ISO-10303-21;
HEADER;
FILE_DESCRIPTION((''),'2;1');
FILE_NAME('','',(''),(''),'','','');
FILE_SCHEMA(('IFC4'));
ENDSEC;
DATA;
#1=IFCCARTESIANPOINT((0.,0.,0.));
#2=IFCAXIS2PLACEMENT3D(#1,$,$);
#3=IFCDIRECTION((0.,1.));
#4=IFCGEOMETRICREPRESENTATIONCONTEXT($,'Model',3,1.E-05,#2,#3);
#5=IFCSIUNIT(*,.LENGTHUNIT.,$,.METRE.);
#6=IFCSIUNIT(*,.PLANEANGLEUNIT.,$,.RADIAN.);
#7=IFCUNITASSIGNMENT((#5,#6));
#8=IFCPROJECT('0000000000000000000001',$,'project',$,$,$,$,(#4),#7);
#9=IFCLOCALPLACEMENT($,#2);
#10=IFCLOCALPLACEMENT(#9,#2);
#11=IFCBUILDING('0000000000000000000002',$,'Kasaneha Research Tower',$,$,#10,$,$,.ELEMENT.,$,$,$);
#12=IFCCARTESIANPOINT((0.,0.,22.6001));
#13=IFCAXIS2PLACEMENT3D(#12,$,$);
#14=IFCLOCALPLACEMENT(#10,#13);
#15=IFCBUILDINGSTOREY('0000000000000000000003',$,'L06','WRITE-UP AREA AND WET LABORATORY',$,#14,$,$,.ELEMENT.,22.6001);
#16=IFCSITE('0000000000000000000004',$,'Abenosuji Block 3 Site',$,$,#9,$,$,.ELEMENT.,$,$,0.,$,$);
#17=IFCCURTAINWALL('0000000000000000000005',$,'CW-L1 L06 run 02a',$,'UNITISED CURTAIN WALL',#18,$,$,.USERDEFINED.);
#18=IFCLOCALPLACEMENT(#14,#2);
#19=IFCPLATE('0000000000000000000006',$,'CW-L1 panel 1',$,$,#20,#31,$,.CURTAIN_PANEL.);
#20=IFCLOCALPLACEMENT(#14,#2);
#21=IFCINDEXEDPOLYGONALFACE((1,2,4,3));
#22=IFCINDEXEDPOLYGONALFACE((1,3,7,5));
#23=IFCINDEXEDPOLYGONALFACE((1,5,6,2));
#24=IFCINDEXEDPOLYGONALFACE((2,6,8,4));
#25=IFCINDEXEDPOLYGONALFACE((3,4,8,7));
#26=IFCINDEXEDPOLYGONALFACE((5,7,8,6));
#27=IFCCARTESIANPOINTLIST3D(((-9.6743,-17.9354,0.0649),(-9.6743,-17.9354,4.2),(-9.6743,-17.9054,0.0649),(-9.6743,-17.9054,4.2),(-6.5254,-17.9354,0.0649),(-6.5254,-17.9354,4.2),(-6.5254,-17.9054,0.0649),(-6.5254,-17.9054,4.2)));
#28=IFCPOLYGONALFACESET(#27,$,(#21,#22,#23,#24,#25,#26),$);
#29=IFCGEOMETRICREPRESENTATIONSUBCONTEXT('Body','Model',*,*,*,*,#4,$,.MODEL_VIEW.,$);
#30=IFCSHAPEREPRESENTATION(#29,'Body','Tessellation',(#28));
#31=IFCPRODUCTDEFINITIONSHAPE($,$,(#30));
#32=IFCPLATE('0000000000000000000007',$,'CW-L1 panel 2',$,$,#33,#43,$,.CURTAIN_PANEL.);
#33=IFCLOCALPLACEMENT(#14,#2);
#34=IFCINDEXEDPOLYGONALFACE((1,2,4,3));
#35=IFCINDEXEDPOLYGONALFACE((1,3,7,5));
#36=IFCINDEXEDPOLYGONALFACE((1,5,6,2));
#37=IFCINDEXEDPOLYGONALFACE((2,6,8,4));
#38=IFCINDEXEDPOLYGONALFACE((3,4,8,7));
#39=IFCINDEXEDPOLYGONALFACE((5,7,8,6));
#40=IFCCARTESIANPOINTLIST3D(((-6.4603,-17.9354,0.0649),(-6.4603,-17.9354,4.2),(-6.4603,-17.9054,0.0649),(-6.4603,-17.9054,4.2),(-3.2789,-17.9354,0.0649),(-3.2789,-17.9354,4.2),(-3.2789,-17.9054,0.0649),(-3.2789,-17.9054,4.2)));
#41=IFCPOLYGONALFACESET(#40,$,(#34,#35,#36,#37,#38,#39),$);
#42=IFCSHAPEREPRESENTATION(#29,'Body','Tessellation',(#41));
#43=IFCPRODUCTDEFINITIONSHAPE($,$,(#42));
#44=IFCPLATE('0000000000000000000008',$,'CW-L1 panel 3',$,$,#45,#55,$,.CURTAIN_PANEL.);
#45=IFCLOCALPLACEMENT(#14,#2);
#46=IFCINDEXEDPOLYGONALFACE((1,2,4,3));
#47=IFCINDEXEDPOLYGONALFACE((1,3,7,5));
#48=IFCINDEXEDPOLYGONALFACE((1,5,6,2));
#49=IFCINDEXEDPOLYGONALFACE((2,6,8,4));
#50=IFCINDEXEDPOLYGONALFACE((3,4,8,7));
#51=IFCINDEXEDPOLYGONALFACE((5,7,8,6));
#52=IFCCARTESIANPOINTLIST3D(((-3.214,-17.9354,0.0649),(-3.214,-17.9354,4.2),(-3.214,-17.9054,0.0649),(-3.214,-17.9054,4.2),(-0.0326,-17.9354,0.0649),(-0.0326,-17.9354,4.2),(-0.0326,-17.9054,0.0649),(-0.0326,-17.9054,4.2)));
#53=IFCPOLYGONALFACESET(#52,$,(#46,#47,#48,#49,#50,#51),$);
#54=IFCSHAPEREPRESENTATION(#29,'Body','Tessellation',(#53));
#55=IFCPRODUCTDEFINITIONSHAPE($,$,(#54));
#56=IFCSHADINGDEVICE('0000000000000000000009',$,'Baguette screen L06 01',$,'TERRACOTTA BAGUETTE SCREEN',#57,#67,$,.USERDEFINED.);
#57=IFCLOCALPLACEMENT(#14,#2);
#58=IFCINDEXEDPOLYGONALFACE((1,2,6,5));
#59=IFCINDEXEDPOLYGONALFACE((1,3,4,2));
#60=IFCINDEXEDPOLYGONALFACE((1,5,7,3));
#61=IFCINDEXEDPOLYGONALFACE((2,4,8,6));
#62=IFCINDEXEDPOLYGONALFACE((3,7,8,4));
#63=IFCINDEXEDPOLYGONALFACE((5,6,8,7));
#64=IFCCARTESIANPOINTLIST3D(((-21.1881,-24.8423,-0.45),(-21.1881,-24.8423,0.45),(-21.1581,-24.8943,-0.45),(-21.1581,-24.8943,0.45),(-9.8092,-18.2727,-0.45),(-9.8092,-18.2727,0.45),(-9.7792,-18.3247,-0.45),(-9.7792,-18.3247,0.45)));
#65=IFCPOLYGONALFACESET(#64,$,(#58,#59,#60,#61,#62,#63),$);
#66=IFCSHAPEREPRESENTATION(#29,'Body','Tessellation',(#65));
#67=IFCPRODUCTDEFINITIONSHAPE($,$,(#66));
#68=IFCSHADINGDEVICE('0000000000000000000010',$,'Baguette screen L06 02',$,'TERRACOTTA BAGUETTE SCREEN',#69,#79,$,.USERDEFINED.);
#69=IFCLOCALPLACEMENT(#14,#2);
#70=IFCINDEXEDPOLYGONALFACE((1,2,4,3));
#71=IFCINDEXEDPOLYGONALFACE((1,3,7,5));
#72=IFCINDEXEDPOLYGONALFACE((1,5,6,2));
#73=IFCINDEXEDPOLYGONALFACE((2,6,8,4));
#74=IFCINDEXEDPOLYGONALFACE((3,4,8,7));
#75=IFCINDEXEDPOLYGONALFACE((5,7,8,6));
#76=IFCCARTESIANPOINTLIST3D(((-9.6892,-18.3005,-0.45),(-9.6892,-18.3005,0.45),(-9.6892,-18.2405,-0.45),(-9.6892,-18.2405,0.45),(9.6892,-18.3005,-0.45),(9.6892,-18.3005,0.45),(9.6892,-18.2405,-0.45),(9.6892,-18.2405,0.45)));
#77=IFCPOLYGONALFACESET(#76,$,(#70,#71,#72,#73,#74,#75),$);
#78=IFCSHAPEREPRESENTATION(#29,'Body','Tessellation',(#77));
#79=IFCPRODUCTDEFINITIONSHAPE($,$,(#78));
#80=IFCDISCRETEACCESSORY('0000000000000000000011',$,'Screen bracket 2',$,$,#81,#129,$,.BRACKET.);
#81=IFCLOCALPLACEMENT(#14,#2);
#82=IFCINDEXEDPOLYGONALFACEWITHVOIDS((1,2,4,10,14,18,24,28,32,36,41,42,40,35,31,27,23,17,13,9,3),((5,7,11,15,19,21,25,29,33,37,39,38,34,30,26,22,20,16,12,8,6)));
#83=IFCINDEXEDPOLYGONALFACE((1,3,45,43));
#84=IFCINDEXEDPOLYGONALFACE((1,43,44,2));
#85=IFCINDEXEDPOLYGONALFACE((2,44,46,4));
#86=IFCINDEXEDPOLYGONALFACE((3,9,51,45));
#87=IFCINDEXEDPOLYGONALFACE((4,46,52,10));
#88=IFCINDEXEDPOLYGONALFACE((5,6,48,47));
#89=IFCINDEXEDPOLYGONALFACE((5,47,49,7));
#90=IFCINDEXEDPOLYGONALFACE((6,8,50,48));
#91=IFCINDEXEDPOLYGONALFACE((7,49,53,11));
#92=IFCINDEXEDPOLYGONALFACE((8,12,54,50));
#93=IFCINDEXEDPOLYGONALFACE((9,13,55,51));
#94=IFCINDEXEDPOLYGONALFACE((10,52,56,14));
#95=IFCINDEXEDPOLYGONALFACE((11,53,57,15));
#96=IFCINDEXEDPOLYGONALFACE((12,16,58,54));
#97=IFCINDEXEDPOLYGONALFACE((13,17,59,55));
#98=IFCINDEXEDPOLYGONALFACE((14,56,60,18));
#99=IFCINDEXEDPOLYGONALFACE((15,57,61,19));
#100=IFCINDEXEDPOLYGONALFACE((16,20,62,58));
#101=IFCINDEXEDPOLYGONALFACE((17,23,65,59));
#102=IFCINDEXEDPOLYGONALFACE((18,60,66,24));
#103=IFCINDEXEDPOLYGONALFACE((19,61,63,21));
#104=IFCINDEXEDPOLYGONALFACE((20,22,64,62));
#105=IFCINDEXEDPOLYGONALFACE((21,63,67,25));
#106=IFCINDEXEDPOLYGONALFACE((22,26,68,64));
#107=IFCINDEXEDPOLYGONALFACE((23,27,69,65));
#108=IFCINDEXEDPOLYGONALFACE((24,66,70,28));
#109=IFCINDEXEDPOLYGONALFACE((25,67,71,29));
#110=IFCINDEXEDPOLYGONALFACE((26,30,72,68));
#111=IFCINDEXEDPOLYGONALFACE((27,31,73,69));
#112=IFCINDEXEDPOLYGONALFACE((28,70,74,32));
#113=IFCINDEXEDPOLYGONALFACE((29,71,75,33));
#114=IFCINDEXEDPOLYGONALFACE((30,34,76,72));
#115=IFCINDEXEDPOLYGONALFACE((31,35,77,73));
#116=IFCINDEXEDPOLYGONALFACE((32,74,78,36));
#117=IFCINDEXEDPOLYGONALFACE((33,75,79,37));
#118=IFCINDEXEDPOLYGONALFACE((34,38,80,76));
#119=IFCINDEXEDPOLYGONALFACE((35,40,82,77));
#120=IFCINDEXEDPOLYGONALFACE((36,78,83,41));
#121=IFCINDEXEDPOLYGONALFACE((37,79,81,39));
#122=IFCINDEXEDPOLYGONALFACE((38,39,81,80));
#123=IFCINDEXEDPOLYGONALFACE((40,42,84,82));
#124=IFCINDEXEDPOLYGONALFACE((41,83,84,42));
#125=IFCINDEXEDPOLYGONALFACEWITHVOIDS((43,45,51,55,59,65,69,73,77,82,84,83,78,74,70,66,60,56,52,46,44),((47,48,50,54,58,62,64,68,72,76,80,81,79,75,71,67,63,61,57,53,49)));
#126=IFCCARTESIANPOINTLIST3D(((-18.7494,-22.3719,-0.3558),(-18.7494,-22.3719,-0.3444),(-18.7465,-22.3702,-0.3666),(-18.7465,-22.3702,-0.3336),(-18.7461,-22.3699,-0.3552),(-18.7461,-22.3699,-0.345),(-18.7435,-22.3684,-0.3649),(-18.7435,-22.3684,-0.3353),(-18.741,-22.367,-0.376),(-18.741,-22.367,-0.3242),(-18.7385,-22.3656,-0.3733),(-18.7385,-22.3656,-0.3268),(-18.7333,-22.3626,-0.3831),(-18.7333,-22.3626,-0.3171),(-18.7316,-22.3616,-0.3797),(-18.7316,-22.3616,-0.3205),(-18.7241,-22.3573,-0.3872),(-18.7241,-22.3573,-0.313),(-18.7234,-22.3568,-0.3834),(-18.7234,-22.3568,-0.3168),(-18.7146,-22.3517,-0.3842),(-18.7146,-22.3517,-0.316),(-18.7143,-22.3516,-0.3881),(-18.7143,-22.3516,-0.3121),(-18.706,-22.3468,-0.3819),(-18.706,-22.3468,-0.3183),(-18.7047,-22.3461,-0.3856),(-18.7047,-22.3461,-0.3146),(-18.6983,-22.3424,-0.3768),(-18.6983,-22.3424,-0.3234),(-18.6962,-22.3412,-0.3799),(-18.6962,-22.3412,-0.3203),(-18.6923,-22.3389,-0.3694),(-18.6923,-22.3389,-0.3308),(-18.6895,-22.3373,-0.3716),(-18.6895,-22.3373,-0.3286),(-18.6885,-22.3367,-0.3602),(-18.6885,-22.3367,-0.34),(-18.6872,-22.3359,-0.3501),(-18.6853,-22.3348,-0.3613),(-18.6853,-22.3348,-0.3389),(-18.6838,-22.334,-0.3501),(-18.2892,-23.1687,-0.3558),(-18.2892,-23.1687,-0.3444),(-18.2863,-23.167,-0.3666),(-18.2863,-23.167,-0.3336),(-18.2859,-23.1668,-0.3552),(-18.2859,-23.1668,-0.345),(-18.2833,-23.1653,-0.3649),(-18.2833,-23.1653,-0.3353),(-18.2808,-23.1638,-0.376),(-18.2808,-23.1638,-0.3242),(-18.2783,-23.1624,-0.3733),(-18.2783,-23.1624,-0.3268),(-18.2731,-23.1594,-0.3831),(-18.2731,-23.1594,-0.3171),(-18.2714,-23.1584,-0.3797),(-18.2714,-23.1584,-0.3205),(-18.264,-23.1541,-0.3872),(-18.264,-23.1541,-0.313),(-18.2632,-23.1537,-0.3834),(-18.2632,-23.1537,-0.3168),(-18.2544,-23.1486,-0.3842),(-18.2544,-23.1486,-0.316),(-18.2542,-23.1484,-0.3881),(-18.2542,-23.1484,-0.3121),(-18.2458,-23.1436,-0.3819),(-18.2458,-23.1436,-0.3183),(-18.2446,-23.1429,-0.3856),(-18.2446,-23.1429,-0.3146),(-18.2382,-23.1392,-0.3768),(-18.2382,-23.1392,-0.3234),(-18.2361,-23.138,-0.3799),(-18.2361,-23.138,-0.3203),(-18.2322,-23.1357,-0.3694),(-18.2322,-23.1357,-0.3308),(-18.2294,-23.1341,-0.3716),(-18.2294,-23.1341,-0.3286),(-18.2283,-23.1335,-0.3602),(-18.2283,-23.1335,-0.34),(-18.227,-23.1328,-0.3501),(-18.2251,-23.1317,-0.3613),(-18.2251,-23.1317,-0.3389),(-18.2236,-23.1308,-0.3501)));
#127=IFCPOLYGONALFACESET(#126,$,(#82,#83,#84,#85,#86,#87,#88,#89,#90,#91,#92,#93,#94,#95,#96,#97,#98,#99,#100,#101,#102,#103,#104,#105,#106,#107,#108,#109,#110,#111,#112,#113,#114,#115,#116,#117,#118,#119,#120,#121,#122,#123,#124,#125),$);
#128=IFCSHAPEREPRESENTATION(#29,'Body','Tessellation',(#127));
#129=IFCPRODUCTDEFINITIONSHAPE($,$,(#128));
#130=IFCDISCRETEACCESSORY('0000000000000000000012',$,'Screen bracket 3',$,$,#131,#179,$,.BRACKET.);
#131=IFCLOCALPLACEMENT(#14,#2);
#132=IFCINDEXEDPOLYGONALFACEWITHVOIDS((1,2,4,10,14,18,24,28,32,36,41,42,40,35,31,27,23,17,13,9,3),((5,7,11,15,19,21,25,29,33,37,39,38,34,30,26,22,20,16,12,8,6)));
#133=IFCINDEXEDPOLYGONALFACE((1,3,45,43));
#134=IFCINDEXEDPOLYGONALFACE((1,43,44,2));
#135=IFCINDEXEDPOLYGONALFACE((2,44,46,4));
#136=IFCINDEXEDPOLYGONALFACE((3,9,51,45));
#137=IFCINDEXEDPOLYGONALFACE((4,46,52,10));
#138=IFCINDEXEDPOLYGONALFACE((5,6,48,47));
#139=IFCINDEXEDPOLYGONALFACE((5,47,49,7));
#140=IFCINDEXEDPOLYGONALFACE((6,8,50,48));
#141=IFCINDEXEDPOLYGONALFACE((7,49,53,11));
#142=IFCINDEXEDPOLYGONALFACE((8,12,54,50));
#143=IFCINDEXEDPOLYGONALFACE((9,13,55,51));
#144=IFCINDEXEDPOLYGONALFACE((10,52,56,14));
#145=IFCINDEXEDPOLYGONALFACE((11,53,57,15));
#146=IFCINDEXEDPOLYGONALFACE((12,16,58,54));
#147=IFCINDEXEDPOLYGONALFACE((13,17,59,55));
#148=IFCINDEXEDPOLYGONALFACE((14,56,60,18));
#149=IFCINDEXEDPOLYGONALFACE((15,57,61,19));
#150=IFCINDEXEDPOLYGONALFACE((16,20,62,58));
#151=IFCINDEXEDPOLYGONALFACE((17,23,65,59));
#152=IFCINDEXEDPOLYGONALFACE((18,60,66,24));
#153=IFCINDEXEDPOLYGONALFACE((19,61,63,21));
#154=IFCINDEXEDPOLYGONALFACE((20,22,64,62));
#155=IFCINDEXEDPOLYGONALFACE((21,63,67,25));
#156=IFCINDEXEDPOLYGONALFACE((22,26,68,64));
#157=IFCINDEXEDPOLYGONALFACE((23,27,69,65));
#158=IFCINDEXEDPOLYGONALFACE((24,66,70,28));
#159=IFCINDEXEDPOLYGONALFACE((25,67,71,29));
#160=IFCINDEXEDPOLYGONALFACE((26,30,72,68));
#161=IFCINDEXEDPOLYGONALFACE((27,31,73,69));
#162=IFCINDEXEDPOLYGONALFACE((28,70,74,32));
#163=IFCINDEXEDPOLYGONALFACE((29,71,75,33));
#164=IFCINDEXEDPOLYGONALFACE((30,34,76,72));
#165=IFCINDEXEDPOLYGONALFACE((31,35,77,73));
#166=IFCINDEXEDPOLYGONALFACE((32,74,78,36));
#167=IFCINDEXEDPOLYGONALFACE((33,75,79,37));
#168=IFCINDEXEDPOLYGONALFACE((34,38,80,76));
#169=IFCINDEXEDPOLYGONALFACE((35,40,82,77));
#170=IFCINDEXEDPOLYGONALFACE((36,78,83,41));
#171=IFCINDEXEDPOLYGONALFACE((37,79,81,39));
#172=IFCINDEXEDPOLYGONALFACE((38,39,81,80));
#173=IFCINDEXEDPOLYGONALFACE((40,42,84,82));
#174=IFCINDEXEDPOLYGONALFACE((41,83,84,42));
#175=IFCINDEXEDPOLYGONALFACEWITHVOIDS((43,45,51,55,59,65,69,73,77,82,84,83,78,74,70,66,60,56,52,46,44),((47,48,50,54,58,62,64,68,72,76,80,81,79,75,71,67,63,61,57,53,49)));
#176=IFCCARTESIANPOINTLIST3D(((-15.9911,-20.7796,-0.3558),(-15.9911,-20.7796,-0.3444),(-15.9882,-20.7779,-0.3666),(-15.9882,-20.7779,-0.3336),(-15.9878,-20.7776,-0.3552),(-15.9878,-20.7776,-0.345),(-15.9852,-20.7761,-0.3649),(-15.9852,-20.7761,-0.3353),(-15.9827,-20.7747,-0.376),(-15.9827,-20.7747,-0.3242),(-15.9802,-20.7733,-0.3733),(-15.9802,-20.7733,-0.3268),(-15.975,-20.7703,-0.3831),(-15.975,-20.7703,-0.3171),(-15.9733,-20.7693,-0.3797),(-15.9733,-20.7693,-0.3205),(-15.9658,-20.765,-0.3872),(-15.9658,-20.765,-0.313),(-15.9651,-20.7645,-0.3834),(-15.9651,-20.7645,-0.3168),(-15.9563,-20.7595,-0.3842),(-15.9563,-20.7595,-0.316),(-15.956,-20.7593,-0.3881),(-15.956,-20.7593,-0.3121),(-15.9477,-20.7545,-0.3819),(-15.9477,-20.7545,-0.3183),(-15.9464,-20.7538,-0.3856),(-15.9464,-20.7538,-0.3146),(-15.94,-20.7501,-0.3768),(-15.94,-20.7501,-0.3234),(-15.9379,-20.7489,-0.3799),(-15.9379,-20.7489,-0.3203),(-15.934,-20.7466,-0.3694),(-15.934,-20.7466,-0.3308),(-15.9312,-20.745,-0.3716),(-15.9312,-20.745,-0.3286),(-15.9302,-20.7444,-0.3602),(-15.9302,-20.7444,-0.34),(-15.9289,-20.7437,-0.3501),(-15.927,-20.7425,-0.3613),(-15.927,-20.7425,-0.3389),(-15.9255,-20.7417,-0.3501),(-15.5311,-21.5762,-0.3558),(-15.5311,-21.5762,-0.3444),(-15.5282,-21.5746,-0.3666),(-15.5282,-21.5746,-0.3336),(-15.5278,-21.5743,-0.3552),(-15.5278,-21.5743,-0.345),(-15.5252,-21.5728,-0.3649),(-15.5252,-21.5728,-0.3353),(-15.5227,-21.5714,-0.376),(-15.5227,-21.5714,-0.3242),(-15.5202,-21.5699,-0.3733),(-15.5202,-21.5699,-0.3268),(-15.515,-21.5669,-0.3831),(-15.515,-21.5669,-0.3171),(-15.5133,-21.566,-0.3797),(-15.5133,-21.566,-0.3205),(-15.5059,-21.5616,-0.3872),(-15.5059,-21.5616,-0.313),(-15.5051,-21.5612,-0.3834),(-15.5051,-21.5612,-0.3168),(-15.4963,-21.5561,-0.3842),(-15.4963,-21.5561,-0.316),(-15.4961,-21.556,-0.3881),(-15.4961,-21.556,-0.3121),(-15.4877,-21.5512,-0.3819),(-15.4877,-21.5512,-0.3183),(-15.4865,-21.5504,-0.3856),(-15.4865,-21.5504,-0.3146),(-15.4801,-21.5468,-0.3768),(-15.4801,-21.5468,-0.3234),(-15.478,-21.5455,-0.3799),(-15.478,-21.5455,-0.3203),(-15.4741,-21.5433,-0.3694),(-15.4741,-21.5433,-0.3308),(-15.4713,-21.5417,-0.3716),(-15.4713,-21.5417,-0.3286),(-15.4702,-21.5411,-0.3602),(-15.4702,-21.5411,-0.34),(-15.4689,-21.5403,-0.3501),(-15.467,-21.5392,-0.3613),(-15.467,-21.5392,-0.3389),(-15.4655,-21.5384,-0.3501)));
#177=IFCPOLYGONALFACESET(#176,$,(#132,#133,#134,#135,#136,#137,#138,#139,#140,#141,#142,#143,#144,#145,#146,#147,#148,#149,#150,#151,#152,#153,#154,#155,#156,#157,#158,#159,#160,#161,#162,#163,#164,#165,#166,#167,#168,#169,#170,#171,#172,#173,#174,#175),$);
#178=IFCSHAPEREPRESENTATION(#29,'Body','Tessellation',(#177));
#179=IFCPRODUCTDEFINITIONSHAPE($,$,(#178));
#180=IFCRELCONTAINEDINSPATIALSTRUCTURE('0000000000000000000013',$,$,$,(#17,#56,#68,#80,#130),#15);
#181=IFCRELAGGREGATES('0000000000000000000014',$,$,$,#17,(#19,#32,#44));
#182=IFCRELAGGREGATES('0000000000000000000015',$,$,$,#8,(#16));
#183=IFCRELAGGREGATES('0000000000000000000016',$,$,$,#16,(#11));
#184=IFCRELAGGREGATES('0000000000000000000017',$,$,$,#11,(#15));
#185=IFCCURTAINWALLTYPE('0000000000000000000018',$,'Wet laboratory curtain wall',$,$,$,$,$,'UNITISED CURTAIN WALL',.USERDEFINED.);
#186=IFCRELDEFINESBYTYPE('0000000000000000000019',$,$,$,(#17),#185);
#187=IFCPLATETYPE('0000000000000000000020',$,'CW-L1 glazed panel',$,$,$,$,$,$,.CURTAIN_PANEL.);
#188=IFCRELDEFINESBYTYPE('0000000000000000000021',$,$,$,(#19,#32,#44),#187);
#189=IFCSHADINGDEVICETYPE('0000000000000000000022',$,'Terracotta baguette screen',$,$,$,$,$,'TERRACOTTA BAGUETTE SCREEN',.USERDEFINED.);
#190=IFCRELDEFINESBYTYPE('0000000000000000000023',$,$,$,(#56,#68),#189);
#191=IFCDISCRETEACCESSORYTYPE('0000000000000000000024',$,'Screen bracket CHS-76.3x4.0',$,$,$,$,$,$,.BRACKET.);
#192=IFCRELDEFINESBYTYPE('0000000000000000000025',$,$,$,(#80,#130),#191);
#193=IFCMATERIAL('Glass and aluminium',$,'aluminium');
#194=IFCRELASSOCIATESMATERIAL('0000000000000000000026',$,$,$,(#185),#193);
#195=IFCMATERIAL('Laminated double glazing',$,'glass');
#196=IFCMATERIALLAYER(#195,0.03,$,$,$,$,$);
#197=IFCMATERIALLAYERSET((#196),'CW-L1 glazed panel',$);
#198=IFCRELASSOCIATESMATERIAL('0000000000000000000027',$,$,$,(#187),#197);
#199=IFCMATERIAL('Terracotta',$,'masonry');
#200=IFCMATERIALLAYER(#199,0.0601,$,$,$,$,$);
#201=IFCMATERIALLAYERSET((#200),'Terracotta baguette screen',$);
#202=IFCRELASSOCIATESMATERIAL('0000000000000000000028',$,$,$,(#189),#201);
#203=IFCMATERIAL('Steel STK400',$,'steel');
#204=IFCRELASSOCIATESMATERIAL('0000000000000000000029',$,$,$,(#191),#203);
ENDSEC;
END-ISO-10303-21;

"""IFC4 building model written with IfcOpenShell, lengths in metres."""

from ifc_helpers import new_model, si_unit, direction, frame, origin, origin_2d, place, context, subcontext, project, spatial, rectangle, hollow_circle, extrude, material, layer, layer_set, material_profile, profile_set, type_object, element, aggregate, save


model = new_model("IFC4")

# Units and contexts
model_context = context("Model", 3, precision=1e-05, world=origin(), true_north=direction((0.0, 1.0)))
body_context = subcontext(model_context, "Body", "Model", "MODEL_VIEW")
ifc_project = project(units=[si_unit("LENGTHUNIT", "METRE"), si_unit("PLANEANGLEUNIT", "RADIAN")], contexts=[model_context])

# Site, building, storey
site_placement = place(None, origin())
site = spatial("IfcSite", under=ifc_project, at=site_placement, Name="Abenosuji Block 3 Site", CompositionType="ELEMENT", RefElevation=0.0)
building_placement = place(site_placement, origin())
building = spatial("IfcBuilding", under=site, at=building_placement, Name="Kasaneha Research Tower", CompositionType="ELEMENT")
storey_placement = place(building_placement, frame((0.0, 0.0, 22.6001)))
storey = spatial("IfcBuildingStorey", under=building, at=storey_placement, Name="L06", Description="WRITE-UP AREA AND WET LABORATORY", CompositionType="ELEMENT", Elevation=22.6001)

# Curtain wall
ifc_material_1 = material(Name="Glass and aluminium", Category="aluminium")
curtain_wall_type = type_object("IfcCurtainWallType", Name="Wet laboratory curtain wall", ElementType="UNITISED CURTAIN WALL", PredefinedType="USERDEFINED", material=ifc_material_1)
curtain_wall_1_placement = place(storey_placement, origin())
curtain_wall_1 = element("IfcCurtainWall", 1, at=curtain_wall_1_placement, inside=storey, type_object=curtain_wall_type, Name="CW-L1 L06 run 02a", ObjectType="UNITISED CURTAIN WALL", PredefinedType="USERDEFINED")

# Plates
ifc_material_2 = material(Name="Laminated double glazing", Category="glass")
ifc_layer_1 = layer(ifc_material_2, 0.03)
ifc_layer_set_1 = layer_set([ifc_layer_1], Name="CW-L1 glazed panel")
plate_type = type_object("IfcPlateType", Name="CW-L1 glazed panel", PredefinedType="CURTAIN_PANEL", material=ifc_layer_set_1)
plate_1_placement = place(storey_placement, frame((-8.0999, -17.9204, 0.0649), z_axis=(0.0, 0.0, 1.0), x_axis=(1.0, 0.0, 0.0)))
plate_1 = element("IfcPlate", 2, at=plate_1_placement, type_object=plate_type, Name="CW-L1 panel 1", PredefinedType="CURTAIN_PANEL", context=body_context, shape_type="SweptSolid", body=[
    extrude(rectangle(XDim=3.1489, YDim=0.03, at=origin_2d()), origin(), (0.0, 0.0, 1.0), 4.135),
])
plate_2_placement = place(storey_placement, frame((-4.8696, -17.9204, 0.0649), z_axis=(0.0, 0.0, 1.0), x_axis=(1.0, 0.0, 0.0)))
plate_2 = element("IfcPlate", 3, at=plate_2_placement, type_object=plate_type, Name="CW-L1 panel 2", PredefinedType="CURTAIN_PANEL", context=body_context, shape_type="SweptSolid", body=[
    extrude(rectangle(XDim=3.1814, YDim=0.03, at=origin_2d()), origin(), (0.0, 0.0, 1.0), 4.135),
])
plate_3_placement = place(storey_placement, frame((-1.6233, -17.9204, 0.0649), z_axis=(0.0, 0.0, 1.0), x_axis=(1.0, 0.0, 0.0)))
plate_3 = element("IfcPlate", 4, at=plate_3_placement, type_object=plate_type, Name="CW-L1 panel 3", PredefinedType="CURTAIN_PANEL", context=body_context, shape_type="SweptSolid", body=[
    extrude(rectangle(XDim=3.1814, YDim=0.03, at=origin_2d()), origin(), (0.0, 0.0, 1.0), 4.135),
])
aggregate(curtain_wall_1, [plate_1, plate_2, plate_3])

# Shading devices
ifc_material_3 = material(Name="Terracotta", Category="masonry")
ifc_layer_2 = layer(ifc_material_3, 0.0601)
ifc_layer_set_2 = layer_set([ifc_layer_2], Name="Terracotta baguette screen")
shading_device_type = type_object("IfcShadingDeviceType", Name="Terracotta baguette screen", ElementType="TERRACOTTA BAGUETTE SCREEN", PredefinedType="USERDEFINED", material=ifc_layer_set_2)
shading_device_1_placement = place(storey_placement, frame((-15.4836, -21.5835, -0.45), z_axis=(0.0, 0.0, 1.0), x_axis=(0.866025, 0.5, 0.0)))
element("IfcShadingDevice", 5, at=shading_device_1_placement, inside=storey, type_object=shading_device_type, Name="Baguette screen L06 01", ObjectType="TERRACOTTA BAGUETTE SCREEN", PredefinedType="USERDEFINED", context=body_context, shape_type="SweptSolid", body=[
    extrude(rectangle(XDim=13.1392, YDim=0.0601, at=origin_2d()), origin(), (0.0, 0.0, 1.0), 0.8999),
])
shading_device_2_placement = place(storey_placement, frame((0.0, -18.2705, -0.45), z_axis=(0.0, 0.0, 1.0), x_axis=(1.0, 0.0, 0.0)))
element("IfcShadingDevice", 6, at=shading_device_2_placement, inside=storey, type_object=shading_device_type, Name="Baguette screen L06 02", ObjectType="TERRACOTTA BAGUETTE SCREEN", PredefinedType="USERDEFINED", context=body_context, shape_type="SweptSolid", body=[
    extrude(rectangle(XDim=19.3784, YDim=0.0601, at=origin_2d()), origin(), (0.0, 0.0, 1.0), 0.8999),
])

# Discrete accessories
ifc_material_4 = material(Name="Steel STK400", Category="steel")
ifc_material_profile_1 = material_profile(ifc_material_4, hollow_circle(Radius=0.0381, WallThickness=0.0039, at=origin_2d()), Name="CHS-76.3x4.0")
ifc_profile_set_1 = profile_set([ifc_material_profile_1], Name="Steel STK400")
discrete_accessory_type = type_object("IfcDiscreteAccessoryType", Name="Screen bracket CHS-76.3x4.0", PredefinedType="BRACKET", material=ifc_profile_set_1)
discrete_accessory_1_placement = place(storey_placement, frame((-18.7168, -22.353, -0.3501), z_axis=(0.500105, -0.865965, 0.0), x_axis=(0.865965, 0.500105, 0.0)))
element("IfcDiscreteAccessory", 7, at=discrete_accessory_1_placement, inside=storey, type_object=discrete_accessory_type, Name="Screen bracket 2", PredefinedType="BRACKET", context=body_context, shape_type="SweptSolid", body=[
    extrude(hollow_circle(Radius=0.0381, WallThickness=0.0039, at=origin_2d()), origin(), (0.0, 0.0, 1.0), 0.9202),
])
discrete_accessory_2_placement = place(storey_placement, frame((-15.9585, -20.7607, -0.3501), z_axis=(0.500021, -0.866013, 0.0), x_axis=(0.866013, 0.500021, 0.0)))
element("IfcDiscreteAccessory", 8, at=discrete_accessory_2_placement, inside=storey, type_object=discrete_accessory_type, Name="Screen bracket 3", PredefinedType="BRACKET", context=body_context, shape_type="SweptSolid", body=[
    extrude(hollow_circle(Radius=0.0381, WallThickness=0.0039, at=origin_2d()), origin(), (0.0, 0.0, 1.0), 0.9199),
])

save(model, "model.ifc")
